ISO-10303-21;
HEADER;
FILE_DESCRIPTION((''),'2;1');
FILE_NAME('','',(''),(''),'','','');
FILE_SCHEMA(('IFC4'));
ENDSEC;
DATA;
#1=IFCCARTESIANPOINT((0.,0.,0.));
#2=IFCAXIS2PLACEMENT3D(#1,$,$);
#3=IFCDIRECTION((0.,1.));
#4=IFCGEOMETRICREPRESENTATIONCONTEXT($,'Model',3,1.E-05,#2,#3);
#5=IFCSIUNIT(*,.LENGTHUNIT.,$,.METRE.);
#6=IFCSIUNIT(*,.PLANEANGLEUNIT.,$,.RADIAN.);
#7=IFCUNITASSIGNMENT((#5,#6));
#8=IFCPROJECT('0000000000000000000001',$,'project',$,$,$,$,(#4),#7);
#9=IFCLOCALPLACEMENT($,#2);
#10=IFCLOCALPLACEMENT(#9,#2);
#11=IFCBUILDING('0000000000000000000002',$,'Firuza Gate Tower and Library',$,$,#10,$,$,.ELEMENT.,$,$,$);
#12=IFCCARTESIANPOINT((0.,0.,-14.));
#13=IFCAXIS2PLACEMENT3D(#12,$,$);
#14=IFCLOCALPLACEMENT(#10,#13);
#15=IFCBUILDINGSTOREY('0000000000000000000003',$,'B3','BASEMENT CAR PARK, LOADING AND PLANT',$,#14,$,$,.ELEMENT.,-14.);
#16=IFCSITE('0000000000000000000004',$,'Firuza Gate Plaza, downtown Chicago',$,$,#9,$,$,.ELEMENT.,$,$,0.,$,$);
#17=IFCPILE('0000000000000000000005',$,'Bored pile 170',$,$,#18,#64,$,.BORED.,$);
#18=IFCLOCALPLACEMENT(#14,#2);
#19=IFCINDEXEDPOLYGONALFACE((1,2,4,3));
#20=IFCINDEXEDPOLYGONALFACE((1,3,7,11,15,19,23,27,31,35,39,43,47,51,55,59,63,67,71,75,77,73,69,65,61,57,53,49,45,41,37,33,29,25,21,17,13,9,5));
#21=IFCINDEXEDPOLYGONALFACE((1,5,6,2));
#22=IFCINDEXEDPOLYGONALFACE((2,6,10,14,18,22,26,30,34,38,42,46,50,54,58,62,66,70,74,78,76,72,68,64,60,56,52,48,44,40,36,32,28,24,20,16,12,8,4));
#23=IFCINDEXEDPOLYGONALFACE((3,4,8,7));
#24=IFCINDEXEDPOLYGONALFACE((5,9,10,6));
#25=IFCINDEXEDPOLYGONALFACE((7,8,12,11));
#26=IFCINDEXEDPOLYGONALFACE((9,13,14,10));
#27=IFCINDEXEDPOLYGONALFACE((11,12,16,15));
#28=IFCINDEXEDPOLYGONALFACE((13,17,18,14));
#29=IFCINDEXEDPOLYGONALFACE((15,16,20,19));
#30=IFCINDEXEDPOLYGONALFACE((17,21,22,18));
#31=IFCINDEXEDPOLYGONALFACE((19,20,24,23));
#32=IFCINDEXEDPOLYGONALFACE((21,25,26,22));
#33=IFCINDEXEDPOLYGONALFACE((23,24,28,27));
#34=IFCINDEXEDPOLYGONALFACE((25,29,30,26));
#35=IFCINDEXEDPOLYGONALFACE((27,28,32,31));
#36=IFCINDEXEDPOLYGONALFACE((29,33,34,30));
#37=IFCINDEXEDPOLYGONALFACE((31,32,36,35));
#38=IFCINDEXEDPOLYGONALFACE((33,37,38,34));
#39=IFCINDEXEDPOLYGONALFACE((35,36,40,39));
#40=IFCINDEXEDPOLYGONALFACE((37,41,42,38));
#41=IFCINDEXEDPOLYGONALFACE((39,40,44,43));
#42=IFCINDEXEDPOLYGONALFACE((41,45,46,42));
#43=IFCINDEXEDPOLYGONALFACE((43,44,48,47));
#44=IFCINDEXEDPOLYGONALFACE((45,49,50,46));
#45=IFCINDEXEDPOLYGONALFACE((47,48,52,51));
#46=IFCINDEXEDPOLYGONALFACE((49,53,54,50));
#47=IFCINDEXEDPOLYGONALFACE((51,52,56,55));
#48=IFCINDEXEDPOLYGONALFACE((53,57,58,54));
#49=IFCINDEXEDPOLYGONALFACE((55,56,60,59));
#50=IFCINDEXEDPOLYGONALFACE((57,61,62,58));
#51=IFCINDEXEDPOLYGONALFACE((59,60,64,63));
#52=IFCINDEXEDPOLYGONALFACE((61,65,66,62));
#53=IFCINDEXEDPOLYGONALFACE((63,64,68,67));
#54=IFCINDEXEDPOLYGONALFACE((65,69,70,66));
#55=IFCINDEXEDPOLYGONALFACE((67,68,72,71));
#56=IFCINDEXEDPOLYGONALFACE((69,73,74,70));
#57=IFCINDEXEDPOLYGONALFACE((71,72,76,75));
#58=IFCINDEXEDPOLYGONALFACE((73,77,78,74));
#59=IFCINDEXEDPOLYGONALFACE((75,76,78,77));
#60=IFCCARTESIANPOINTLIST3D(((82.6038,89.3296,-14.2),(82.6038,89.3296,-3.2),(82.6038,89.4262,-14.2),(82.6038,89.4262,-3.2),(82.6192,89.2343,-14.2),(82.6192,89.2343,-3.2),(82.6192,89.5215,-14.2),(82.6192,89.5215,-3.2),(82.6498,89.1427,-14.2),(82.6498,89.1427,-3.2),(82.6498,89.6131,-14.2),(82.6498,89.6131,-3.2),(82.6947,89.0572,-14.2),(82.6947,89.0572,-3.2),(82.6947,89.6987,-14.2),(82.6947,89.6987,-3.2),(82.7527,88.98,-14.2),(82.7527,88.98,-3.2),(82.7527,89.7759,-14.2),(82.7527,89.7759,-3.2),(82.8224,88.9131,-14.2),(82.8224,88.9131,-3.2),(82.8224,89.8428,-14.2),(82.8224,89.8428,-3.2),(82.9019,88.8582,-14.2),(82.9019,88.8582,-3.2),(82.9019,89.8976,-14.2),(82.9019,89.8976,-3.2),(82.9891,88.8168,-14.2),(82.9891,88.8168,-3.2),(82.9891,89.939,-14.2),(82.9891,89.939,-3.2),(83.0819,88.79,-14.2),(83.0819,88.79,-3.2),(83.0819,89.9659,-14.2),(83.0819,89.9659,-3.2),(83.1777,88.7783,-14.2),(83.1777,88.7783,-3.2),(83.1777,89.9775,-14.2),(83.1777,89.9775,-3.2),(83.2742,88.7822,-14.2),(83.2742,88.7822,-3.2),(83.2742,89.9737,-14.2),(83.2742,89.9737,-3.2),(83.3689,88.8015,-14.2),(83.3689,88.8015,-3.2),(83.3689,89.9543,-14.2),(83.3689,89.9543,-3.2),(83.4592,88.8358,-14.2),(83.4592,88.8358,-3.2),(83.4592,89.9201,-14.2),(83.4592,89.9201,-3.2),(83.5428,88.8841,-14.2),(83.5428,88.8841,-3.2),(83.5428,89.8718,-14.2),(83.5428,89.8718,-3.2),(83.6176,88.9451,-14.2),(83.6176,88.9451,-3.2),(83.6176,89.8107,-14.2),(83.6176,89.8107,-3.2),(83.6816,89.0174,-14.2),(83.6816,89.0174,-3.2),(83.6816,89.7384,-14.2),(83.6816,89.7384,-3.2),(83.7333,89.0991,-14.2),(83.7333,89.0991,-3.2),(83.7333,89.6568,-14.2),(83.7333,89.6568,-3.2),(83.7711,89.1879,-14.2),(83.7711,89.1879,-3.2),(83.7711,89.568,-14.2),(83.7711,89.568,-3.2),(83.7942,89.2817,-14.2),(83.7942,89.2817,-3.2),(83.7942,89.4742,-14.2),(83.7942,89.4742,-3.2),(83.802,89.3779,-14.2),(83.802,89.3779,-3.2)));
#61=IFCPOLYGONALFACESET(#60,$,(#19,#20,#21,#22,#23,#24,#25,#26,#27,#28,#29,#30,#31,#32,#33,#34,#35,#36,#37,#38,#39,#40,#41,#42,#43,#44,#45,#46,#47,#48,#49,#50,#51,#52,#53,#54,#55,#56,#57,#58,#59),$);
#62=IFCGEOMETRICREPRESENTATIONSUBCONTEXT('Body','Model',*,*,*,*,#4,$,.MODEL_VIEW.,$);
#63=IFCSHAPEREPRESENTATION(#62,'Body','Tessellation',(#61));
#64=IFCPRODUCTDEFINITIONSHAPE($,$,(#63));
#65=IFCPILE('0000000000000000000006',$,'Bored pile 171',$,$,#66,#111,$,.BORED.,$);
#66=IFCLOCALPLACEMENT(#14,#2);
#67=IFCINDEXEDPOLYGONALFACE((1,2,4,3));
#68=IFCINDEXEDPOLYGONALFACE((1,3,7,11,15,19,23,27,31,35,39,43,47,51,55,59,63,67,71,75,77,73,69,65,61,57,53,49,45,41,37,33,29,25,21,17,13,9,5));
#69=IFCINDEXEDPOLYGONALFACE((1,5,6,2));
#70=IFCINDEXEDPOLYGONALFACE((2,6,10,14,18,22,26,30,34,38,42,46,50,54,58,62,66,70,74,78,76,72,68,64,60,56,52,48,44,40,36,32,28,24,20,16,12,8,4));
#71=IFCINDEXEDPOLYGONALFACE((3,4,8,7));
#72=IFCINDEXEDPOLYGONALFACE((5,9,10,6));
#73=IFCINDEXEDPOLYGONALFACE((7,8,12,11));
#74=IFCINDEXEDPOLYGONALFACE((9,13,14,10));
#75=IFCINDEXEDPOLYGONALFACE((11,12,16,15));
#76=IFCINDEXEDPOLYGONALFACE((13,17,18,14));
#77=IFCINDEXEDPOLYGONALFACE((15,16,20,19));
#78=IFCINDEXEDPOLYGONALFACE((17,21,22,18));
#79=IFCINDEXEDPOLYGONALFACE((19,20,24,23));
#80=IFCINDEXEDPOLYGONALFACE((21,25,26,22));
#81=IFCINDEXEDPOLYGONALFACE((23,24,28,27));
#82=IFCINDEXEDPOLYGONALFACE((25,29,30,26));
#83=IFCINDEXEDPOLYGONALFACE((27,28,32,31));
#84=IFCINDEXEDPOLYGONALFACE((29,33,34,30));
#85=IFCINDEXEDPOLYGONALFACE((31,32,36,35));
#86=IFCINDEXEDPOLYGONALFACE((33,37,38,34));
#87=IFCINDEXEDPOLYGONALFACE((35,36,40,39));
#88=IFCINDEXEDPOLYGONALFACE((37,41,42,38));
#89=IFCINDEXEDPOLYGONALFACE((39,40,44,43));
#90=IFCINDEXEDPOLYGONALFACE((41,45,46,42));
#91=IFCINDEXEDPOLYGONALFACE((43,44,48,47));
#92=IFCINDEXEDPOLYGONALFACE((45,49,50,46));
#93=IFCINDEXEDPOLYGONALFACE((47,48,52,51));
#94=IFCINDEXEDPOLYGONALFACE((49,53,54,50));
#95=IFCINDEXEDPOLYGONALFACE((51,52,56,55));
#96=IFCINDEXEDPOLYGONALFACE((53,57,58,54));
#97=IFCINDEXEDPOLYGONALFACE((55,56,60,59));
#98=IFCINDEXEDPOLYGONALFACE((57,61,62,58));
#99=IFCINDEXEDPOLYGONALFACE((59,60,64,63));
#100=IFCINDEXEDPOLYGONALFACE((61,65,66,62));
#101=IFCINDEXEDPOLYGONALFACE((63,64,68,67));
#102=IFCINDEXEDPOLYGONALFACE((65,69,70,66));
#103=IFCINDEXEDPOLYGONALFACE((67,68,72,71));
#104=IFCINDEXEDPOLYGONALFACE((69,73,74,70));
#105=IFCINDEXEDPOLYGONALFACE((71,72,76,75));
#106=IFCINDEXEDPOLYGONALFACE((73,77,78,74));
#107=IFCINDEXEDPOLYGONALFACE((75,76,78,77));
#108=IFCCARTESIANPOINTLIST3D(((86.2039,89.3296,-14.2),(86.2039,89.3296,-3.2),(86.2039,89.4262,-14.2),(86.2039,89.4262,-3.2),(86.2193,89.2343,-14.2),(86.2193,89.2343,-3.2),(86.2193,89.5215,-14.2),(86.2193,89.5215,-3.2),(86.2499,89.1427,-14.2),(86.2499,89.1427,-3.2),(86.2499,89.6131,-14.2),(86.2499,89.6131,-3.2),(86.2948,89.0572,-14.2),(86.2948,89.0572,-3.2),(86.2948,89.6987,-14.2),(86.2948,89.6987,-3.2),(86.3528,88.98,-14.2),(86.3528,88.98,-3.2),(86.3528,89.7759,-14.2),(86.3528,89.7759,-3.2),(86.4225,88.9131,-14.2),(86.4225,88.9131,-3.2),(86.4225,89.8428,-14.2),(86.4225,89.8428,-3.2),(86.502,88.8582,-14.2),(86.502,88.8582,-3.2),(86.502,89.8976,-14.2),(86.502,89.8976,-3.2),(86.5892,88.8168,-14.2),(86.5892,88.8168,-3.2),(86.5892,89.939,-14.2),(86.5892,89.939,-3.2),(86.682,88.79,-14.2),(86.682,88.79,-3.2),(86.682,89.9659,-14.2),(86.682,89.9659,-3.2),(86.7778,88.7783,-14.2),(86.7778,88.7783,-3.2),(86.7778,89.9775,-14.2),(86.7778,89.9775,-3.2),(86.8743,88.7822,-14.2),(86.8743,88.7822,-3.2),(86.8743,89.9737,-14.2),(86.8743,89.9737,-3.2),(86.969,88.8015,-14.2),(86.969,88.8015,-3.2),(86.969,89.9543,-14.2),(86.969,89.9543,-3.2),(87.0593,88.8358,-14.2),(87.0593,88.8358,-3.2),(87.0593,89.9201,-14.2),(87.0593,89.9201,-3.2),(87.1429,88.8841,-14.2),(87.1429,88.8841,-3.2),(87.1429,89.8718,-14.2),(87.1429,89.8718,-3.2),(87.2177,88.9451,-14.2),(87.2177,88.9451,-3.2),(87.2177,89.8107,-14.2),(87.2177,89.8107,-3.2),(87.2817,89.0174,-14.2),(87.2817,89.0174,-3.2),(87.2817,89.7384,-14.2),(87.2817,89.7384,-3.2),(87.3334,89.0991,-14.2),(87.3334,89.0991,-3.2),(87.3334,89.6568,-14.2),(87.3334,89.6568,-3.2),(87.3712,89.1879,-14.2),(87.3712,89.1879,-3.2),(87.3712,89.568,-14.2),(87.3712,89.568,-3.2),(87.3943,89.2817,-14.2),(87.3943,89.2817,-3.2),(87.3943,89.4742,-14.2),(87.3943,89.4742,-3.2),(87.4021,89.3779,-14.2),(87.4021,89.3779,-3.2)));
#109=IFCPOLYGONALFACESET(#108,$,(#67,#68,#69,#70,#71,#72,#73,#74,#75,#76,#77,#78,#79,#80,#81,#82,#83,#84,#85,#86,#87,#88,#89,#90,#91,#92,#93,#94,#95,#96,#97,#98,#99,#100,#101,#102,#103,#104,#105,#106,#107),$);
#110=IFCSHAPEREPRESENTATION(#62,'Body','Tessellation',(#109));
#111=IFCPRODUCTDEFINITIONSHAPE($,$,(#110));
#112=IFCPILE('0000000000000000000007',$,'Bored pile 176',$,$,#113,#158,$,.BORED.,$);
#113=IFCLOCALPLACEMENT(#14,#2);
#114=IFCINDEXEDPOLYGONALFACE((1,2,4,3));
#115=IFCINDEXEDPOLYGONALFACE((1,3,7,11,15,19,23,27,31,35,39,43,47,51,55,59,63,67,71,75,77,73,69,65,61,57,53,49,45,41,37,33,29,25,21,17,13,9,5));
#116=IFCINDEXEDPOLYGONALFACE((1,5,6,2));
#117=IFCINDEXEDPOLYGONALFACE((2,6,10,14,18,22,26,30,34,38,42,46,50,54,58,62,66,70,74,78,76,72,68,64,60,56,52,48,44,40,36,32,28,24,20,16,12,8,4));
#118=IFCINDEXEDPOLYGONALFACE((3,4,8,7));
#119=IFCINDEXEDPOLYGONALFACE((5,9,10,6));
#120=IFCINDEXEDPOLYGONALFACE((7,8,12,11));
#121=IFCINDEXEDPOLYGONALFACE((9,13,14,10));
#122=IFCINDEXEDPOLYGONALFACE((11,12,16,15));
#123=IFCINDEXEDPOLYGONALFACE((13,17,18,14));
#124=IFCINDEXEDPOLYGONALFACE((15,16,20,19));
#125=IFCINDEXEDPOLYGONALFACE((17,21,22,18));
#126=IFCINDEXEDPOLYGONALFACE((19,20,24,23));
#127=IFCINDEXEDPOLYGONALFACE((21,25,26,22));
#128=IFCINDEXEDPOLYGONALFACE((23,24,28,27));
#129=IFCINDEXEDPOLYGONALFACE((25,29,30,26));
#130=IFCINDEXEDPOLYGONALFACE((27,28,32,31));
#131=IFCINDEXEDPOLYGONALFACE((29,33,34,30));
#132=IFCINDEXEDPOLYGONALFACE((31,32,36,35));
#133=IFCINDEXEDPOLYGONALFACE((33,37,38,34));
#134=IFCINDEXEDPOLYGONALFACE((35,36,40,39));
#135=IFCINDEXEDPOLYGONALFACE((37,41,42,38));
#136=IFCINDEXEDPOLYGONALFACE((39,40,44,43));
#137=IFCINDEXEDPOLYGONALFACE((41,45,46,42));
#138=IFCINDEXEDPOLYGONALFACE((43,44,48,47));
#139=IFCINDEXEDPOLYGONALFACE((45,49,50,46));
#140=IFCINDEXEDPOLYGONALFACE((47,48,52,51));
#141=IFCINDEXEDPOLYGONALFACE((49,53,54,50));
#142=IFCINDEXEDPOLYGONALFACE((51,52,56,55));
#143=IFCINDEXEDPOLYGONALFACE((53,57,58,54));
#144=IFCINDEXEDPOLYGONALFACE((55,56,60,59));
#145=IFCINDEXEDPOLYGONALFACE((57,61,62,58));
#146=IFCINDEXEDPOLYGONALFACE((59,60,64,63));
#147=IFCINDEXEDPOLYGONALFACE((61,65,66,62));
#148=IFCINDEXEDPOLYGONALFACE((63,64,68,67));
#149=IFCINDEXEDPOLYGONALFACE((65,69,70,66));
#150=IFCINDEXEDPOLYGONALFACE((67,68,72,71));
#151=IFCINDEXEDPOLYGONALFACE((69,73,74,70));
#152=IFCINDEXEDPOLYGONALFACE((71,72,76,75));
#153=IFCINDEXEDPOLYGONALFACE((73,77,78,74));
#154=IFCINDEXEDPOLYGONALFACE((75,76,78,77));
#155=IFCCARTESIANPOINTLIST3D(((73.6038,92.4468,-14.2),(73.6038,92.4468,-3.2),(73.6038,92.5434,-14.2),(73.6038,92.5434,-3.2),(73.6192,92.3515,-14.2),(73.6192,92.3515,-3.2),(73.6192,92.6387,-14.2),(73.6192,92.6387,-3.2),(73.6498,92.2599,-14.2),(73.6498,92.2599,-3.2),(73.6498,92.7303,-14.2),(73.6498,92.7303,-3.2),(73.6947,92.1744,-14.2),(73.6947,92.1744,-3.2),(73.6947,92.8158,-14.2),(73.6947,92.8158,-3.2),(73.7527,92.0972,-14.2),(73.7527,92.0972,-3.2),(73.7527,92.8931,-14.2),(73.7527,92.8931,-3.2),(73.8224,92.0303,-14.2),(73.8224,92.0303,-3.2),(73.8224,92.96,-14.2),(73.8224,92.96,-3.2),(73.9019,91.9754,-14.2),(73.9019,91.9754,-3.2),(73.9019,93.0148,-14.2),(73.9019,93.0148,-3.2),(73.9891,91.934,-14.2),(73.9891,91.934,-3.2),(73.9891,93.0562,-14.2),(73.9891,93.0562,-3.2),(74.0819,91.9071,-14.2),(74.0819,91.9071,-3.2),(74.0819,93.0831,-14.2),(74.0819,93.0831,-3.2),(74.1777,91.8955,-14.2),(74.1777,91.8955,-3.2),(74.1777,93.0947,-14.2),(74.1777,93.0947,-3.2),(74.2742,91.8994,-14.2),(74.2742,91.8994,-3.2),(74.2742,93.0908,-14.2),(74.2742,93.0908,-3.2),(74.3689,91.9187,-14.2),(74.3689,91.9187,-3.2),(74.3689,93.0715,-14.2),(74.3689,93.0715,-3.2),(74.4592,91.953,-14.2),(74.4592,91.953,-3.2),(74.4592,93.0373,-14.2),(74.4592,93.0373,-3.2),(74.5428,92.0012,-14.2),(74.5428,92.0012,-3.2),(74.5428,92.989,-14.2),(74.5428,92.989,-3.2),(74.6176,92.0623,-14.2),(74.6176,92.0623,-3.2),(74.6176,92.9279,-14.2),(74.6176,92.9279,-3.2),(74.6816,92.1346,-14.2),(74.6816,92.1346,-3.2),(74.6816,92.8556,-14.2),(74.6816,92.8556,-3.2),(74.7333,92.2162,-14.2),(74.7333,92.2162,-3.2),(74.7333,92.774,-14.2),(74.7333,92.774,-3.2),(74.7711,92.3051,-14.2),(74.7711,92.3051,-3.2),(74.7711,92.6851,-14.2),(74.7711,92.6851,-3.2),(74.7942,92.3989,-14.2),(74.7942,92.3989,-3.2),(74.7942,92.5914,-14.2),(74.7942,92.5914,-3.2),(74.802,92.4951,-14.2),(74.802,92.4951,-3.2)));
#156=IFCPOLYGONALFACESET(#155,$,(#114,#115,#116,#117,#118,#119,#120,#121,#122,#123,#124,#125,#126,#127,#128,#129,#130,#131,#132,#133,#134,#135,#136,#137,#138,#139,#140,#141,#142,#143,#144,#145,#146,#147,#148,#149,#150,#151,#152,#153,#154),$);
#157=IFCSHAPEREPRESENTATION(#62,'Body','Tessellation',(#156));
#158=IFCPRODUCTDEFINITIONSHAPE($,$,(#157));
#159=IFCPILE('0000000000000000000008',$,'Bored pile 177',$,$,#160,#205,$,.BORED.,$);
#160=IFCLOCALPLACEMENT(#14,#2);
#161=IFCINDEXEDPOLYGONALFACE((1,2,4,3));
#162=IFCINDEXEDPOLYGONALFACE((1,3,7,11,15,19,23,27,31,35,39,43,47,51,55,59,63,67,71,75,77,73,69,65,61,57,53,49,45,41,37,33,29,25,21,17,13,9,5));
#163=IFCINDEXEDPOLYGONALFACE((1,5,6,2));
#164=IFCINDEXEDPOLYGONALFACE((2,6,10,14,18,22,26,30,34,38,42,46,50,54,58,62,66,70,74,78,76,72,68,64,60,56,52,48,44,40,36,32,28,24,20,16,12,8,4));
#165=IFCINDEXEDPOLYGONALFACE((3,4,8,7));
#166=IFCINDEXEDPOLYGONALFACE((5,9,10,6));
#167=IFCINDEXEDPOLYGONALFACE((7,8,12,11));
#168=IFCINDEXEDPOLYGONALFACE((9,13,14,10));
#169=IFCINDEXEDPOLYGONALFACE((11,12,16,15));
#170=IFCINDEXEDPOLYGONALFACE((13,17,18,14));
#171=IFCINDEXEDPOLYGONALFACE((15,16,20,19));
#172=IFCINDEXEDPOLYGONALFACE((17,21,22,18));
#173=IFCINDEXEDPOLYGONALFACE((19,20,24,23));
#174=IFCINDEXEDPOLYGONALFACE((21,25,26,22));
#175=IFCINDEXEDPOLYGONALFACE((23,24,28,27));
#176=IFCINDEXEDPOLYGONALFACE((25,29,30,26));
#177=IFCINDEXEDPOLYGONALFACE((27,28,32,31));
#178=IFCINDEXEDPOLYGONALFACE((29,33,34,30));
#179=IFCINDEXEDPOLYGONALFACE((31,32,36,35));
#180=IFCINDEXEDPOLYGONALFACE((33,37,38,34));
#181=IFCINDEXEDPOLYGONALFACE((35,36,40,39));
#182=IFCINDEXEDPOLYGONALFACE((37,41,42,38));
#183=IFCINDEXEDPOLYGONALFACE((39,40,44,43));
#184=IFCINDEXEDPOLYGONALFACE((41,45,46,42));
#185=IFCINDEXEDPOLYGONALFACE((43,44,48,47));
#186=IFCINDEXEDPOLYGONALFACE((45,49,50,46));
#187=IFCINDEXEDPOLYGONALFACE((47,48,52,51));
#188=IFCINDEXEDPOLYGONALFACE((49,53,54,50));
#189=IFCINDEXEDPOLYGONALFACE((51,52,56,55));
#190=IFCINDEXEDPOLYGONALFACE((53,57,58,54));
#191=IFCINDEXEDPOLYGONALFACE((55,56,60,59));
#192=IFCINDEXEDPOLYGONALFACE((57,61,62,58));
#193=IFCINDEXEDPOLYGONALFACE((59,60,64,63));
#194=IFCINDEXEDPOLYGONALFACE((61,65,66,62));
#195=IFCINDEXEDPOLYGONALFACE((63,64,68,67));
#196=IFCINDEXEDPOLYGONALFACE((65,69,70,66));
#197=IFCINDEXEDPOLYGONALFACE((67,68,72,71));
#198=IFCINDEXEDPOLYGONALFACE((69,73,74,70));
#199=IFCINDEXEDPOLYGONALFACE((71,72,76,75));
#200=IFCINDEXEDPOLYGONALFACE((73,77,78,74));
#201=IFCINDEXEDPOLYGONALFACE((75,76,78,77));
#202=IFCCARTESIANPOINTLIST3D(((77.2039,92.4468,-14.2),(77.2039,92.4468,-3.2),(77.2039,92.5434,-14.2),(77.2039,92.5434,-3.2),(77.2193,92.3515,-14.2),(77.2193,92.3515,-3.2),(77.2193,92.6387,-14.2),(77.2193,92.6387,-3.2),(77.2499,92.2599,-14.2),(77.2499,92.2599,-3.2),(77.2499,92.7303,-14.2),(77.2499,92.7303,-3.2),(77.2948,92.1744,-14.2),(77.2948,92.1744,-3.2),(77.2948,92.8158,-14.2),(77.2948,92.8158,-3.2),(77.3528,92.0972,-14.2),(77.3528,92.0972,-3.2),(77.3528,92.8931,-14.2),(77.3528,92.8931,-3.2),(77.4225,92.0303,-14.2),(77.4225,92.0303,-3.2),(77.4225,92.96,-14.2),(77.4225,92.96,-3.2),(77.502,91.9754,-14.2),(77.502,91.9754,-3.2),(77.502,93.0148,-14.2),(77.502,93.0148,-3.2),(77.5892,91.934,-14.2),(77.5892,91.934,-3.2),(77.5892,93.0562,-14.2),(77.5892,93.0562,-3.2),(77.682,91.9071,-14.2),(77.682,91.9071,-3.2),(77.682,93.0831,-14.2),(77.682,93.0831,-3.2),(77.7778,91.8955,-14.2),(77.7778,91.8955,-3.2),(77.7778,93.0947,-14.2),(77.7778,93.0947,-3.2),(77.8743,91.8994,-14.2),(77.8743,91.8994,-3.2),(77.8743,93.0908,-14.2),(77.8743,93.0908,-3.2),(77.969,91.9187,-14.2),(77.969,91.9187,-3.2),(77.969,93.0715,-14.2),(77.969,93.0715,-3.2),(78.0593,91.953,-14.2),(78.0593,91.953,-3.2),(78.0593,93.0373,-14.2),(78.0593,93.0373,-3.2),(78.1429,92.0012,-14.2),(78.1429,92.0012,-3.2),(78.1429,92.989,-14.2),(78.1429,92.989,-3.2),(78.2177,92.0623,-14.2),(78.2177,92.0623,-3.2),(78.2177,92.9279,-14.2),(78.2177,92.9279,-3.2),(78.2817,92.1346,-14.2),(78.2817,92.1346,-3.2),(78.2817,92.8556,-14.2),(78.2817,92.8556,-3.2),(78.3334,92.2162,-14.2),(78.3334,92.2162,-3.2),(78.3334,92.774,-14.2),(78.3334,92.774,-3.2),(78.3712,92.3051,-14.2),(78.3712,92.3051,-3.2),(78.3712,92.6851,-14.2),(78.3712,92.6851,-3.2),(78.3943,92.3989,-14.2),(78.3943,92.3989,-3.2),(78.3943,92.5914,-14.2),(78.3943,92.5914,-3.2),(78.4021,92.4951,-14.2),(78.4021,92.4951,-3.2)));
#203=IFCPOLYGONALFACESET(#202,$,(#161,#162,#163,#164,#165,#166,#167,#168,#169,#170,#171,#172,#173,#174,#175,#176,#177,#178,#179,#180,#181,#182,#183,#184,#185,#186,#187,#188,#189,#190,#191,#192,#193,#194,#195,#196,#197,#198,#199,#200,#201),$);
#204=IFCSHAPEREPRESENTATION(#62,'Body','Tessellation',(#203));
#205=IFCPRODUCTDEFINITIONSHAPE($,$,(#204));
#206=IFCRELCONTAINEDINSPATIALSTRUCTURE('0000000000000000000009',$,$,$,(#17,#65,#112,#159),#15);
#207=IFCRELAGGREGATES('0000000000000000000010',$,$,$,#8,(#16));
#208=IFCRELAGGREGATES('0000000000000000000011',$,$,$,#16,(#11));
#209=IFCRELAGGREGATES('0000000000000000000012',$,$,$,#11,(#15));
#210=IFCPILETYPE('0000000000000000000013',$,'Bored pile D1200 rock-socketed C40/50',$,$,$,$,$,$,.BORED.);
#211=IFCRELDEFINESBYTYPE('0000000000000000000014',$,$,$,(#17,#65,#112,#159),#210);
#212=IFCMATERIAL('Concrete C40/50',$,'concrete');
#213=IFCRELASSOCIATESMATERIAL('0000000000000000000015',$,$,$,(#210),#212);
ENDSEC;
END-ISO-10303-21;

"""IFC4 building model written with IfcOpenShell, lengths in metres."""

from ifc_helpers import new_model, si_unit, direction, frame, origin, origin_2d, place, context, subcontext, project, spatial, circle, extrude, material, material_profile, profile_set, type_object, element, save


model = new_model("IFC4")

# Units and contexts
model_context = context("Model", 3, precision=1e-05, world=origin(), true_north=direction((0.0, 1.0)))
body_context = subcontext(model_context, "Body", "Model", "MODEL_VIEW")
ifc_project = project(units=[si_unit("LENGTHUNIT", "METRE"), si_unit("PLANEANGLEUNIT", "RADIAN")], contexts=[model_context])

# Site, building, storey
site_placement = place(None, origin())
site = spatial("IfcSite", under=ifc_project, at=site_placement, Name="Firuza Gate Plaza, downtown Chicago", CompositionType="ELEMENT", RefElevation=0.0)
building_placement = place(site_placement, origin())
building = spatial("IfcBuilding", under=site, at=building_placement, Name="Firuza Gate Tower and Library", CompositionType="ELEMENT")
storey_placement = place(building_placement, frame((0.0, 0.0, -14.0)))
storey = spatial("IfcBuildingStorey", under=building, at=storey_placement, Name="B3", Description="BASEMENT CAR PARK, LOADING AND PLANT", CompositionType="ELEMENT", Elevation=-14.0)

# Piles
ifc_material_1 = material(Name="Concrete C40/50", Category="concrete")
ifc_material_profile_1 = material_profile(ifc_material_1, circle(Radius=0.6001, at=origin_2d()))
ifc_profile_set_1 = profile_set([ifc_material_profile_1], Name="Concrete C40/50")
pile_type = type_object("IfcPileType", Name="Bored pile D1200 rock-socketed C40/50", PredefinedType="BORED", material=ifc_profile_set_1)
for number, where, z_axis, x_axis, name in (
    (1, (83.2019, 89.3779, -3.2), (0.0, 0.0, -1.0), (1.0, 0.0, 0.0), "Bored pile 170"),
    (2, (86.802, 89.3779, -3.2), (0.0, 0.0, -1.0), (1.0, 0.0, 0.0), "Bored pile 171"),
    (3, (74.2019, 92.4951, -3.2), (0.0, 0.0, -1.0), (1.0, 0.0, 0.0), "Bored pile 176"),
    (4, (77.802, 92.4951, -3.2), (0.0, 0.0, -1.0), (1.0, 0.0, 0.0), "Bored pile 177"),
):
    element("IfcPile", number, at=place(storey_placement, frame(where, z_axis=z_axis, x_axis=x_axis)), inside=storey, type_object=pile_type, Name=name, PredefinedType="BORED", context=body_context, shape_type="SweptSolid", body=[
        extrude(circle(Radius=0.6001, at=origin_2d()), origin(), (0.0, 0.0, 1.0), 11.0),
    ])

save(model, "model.ifc")
